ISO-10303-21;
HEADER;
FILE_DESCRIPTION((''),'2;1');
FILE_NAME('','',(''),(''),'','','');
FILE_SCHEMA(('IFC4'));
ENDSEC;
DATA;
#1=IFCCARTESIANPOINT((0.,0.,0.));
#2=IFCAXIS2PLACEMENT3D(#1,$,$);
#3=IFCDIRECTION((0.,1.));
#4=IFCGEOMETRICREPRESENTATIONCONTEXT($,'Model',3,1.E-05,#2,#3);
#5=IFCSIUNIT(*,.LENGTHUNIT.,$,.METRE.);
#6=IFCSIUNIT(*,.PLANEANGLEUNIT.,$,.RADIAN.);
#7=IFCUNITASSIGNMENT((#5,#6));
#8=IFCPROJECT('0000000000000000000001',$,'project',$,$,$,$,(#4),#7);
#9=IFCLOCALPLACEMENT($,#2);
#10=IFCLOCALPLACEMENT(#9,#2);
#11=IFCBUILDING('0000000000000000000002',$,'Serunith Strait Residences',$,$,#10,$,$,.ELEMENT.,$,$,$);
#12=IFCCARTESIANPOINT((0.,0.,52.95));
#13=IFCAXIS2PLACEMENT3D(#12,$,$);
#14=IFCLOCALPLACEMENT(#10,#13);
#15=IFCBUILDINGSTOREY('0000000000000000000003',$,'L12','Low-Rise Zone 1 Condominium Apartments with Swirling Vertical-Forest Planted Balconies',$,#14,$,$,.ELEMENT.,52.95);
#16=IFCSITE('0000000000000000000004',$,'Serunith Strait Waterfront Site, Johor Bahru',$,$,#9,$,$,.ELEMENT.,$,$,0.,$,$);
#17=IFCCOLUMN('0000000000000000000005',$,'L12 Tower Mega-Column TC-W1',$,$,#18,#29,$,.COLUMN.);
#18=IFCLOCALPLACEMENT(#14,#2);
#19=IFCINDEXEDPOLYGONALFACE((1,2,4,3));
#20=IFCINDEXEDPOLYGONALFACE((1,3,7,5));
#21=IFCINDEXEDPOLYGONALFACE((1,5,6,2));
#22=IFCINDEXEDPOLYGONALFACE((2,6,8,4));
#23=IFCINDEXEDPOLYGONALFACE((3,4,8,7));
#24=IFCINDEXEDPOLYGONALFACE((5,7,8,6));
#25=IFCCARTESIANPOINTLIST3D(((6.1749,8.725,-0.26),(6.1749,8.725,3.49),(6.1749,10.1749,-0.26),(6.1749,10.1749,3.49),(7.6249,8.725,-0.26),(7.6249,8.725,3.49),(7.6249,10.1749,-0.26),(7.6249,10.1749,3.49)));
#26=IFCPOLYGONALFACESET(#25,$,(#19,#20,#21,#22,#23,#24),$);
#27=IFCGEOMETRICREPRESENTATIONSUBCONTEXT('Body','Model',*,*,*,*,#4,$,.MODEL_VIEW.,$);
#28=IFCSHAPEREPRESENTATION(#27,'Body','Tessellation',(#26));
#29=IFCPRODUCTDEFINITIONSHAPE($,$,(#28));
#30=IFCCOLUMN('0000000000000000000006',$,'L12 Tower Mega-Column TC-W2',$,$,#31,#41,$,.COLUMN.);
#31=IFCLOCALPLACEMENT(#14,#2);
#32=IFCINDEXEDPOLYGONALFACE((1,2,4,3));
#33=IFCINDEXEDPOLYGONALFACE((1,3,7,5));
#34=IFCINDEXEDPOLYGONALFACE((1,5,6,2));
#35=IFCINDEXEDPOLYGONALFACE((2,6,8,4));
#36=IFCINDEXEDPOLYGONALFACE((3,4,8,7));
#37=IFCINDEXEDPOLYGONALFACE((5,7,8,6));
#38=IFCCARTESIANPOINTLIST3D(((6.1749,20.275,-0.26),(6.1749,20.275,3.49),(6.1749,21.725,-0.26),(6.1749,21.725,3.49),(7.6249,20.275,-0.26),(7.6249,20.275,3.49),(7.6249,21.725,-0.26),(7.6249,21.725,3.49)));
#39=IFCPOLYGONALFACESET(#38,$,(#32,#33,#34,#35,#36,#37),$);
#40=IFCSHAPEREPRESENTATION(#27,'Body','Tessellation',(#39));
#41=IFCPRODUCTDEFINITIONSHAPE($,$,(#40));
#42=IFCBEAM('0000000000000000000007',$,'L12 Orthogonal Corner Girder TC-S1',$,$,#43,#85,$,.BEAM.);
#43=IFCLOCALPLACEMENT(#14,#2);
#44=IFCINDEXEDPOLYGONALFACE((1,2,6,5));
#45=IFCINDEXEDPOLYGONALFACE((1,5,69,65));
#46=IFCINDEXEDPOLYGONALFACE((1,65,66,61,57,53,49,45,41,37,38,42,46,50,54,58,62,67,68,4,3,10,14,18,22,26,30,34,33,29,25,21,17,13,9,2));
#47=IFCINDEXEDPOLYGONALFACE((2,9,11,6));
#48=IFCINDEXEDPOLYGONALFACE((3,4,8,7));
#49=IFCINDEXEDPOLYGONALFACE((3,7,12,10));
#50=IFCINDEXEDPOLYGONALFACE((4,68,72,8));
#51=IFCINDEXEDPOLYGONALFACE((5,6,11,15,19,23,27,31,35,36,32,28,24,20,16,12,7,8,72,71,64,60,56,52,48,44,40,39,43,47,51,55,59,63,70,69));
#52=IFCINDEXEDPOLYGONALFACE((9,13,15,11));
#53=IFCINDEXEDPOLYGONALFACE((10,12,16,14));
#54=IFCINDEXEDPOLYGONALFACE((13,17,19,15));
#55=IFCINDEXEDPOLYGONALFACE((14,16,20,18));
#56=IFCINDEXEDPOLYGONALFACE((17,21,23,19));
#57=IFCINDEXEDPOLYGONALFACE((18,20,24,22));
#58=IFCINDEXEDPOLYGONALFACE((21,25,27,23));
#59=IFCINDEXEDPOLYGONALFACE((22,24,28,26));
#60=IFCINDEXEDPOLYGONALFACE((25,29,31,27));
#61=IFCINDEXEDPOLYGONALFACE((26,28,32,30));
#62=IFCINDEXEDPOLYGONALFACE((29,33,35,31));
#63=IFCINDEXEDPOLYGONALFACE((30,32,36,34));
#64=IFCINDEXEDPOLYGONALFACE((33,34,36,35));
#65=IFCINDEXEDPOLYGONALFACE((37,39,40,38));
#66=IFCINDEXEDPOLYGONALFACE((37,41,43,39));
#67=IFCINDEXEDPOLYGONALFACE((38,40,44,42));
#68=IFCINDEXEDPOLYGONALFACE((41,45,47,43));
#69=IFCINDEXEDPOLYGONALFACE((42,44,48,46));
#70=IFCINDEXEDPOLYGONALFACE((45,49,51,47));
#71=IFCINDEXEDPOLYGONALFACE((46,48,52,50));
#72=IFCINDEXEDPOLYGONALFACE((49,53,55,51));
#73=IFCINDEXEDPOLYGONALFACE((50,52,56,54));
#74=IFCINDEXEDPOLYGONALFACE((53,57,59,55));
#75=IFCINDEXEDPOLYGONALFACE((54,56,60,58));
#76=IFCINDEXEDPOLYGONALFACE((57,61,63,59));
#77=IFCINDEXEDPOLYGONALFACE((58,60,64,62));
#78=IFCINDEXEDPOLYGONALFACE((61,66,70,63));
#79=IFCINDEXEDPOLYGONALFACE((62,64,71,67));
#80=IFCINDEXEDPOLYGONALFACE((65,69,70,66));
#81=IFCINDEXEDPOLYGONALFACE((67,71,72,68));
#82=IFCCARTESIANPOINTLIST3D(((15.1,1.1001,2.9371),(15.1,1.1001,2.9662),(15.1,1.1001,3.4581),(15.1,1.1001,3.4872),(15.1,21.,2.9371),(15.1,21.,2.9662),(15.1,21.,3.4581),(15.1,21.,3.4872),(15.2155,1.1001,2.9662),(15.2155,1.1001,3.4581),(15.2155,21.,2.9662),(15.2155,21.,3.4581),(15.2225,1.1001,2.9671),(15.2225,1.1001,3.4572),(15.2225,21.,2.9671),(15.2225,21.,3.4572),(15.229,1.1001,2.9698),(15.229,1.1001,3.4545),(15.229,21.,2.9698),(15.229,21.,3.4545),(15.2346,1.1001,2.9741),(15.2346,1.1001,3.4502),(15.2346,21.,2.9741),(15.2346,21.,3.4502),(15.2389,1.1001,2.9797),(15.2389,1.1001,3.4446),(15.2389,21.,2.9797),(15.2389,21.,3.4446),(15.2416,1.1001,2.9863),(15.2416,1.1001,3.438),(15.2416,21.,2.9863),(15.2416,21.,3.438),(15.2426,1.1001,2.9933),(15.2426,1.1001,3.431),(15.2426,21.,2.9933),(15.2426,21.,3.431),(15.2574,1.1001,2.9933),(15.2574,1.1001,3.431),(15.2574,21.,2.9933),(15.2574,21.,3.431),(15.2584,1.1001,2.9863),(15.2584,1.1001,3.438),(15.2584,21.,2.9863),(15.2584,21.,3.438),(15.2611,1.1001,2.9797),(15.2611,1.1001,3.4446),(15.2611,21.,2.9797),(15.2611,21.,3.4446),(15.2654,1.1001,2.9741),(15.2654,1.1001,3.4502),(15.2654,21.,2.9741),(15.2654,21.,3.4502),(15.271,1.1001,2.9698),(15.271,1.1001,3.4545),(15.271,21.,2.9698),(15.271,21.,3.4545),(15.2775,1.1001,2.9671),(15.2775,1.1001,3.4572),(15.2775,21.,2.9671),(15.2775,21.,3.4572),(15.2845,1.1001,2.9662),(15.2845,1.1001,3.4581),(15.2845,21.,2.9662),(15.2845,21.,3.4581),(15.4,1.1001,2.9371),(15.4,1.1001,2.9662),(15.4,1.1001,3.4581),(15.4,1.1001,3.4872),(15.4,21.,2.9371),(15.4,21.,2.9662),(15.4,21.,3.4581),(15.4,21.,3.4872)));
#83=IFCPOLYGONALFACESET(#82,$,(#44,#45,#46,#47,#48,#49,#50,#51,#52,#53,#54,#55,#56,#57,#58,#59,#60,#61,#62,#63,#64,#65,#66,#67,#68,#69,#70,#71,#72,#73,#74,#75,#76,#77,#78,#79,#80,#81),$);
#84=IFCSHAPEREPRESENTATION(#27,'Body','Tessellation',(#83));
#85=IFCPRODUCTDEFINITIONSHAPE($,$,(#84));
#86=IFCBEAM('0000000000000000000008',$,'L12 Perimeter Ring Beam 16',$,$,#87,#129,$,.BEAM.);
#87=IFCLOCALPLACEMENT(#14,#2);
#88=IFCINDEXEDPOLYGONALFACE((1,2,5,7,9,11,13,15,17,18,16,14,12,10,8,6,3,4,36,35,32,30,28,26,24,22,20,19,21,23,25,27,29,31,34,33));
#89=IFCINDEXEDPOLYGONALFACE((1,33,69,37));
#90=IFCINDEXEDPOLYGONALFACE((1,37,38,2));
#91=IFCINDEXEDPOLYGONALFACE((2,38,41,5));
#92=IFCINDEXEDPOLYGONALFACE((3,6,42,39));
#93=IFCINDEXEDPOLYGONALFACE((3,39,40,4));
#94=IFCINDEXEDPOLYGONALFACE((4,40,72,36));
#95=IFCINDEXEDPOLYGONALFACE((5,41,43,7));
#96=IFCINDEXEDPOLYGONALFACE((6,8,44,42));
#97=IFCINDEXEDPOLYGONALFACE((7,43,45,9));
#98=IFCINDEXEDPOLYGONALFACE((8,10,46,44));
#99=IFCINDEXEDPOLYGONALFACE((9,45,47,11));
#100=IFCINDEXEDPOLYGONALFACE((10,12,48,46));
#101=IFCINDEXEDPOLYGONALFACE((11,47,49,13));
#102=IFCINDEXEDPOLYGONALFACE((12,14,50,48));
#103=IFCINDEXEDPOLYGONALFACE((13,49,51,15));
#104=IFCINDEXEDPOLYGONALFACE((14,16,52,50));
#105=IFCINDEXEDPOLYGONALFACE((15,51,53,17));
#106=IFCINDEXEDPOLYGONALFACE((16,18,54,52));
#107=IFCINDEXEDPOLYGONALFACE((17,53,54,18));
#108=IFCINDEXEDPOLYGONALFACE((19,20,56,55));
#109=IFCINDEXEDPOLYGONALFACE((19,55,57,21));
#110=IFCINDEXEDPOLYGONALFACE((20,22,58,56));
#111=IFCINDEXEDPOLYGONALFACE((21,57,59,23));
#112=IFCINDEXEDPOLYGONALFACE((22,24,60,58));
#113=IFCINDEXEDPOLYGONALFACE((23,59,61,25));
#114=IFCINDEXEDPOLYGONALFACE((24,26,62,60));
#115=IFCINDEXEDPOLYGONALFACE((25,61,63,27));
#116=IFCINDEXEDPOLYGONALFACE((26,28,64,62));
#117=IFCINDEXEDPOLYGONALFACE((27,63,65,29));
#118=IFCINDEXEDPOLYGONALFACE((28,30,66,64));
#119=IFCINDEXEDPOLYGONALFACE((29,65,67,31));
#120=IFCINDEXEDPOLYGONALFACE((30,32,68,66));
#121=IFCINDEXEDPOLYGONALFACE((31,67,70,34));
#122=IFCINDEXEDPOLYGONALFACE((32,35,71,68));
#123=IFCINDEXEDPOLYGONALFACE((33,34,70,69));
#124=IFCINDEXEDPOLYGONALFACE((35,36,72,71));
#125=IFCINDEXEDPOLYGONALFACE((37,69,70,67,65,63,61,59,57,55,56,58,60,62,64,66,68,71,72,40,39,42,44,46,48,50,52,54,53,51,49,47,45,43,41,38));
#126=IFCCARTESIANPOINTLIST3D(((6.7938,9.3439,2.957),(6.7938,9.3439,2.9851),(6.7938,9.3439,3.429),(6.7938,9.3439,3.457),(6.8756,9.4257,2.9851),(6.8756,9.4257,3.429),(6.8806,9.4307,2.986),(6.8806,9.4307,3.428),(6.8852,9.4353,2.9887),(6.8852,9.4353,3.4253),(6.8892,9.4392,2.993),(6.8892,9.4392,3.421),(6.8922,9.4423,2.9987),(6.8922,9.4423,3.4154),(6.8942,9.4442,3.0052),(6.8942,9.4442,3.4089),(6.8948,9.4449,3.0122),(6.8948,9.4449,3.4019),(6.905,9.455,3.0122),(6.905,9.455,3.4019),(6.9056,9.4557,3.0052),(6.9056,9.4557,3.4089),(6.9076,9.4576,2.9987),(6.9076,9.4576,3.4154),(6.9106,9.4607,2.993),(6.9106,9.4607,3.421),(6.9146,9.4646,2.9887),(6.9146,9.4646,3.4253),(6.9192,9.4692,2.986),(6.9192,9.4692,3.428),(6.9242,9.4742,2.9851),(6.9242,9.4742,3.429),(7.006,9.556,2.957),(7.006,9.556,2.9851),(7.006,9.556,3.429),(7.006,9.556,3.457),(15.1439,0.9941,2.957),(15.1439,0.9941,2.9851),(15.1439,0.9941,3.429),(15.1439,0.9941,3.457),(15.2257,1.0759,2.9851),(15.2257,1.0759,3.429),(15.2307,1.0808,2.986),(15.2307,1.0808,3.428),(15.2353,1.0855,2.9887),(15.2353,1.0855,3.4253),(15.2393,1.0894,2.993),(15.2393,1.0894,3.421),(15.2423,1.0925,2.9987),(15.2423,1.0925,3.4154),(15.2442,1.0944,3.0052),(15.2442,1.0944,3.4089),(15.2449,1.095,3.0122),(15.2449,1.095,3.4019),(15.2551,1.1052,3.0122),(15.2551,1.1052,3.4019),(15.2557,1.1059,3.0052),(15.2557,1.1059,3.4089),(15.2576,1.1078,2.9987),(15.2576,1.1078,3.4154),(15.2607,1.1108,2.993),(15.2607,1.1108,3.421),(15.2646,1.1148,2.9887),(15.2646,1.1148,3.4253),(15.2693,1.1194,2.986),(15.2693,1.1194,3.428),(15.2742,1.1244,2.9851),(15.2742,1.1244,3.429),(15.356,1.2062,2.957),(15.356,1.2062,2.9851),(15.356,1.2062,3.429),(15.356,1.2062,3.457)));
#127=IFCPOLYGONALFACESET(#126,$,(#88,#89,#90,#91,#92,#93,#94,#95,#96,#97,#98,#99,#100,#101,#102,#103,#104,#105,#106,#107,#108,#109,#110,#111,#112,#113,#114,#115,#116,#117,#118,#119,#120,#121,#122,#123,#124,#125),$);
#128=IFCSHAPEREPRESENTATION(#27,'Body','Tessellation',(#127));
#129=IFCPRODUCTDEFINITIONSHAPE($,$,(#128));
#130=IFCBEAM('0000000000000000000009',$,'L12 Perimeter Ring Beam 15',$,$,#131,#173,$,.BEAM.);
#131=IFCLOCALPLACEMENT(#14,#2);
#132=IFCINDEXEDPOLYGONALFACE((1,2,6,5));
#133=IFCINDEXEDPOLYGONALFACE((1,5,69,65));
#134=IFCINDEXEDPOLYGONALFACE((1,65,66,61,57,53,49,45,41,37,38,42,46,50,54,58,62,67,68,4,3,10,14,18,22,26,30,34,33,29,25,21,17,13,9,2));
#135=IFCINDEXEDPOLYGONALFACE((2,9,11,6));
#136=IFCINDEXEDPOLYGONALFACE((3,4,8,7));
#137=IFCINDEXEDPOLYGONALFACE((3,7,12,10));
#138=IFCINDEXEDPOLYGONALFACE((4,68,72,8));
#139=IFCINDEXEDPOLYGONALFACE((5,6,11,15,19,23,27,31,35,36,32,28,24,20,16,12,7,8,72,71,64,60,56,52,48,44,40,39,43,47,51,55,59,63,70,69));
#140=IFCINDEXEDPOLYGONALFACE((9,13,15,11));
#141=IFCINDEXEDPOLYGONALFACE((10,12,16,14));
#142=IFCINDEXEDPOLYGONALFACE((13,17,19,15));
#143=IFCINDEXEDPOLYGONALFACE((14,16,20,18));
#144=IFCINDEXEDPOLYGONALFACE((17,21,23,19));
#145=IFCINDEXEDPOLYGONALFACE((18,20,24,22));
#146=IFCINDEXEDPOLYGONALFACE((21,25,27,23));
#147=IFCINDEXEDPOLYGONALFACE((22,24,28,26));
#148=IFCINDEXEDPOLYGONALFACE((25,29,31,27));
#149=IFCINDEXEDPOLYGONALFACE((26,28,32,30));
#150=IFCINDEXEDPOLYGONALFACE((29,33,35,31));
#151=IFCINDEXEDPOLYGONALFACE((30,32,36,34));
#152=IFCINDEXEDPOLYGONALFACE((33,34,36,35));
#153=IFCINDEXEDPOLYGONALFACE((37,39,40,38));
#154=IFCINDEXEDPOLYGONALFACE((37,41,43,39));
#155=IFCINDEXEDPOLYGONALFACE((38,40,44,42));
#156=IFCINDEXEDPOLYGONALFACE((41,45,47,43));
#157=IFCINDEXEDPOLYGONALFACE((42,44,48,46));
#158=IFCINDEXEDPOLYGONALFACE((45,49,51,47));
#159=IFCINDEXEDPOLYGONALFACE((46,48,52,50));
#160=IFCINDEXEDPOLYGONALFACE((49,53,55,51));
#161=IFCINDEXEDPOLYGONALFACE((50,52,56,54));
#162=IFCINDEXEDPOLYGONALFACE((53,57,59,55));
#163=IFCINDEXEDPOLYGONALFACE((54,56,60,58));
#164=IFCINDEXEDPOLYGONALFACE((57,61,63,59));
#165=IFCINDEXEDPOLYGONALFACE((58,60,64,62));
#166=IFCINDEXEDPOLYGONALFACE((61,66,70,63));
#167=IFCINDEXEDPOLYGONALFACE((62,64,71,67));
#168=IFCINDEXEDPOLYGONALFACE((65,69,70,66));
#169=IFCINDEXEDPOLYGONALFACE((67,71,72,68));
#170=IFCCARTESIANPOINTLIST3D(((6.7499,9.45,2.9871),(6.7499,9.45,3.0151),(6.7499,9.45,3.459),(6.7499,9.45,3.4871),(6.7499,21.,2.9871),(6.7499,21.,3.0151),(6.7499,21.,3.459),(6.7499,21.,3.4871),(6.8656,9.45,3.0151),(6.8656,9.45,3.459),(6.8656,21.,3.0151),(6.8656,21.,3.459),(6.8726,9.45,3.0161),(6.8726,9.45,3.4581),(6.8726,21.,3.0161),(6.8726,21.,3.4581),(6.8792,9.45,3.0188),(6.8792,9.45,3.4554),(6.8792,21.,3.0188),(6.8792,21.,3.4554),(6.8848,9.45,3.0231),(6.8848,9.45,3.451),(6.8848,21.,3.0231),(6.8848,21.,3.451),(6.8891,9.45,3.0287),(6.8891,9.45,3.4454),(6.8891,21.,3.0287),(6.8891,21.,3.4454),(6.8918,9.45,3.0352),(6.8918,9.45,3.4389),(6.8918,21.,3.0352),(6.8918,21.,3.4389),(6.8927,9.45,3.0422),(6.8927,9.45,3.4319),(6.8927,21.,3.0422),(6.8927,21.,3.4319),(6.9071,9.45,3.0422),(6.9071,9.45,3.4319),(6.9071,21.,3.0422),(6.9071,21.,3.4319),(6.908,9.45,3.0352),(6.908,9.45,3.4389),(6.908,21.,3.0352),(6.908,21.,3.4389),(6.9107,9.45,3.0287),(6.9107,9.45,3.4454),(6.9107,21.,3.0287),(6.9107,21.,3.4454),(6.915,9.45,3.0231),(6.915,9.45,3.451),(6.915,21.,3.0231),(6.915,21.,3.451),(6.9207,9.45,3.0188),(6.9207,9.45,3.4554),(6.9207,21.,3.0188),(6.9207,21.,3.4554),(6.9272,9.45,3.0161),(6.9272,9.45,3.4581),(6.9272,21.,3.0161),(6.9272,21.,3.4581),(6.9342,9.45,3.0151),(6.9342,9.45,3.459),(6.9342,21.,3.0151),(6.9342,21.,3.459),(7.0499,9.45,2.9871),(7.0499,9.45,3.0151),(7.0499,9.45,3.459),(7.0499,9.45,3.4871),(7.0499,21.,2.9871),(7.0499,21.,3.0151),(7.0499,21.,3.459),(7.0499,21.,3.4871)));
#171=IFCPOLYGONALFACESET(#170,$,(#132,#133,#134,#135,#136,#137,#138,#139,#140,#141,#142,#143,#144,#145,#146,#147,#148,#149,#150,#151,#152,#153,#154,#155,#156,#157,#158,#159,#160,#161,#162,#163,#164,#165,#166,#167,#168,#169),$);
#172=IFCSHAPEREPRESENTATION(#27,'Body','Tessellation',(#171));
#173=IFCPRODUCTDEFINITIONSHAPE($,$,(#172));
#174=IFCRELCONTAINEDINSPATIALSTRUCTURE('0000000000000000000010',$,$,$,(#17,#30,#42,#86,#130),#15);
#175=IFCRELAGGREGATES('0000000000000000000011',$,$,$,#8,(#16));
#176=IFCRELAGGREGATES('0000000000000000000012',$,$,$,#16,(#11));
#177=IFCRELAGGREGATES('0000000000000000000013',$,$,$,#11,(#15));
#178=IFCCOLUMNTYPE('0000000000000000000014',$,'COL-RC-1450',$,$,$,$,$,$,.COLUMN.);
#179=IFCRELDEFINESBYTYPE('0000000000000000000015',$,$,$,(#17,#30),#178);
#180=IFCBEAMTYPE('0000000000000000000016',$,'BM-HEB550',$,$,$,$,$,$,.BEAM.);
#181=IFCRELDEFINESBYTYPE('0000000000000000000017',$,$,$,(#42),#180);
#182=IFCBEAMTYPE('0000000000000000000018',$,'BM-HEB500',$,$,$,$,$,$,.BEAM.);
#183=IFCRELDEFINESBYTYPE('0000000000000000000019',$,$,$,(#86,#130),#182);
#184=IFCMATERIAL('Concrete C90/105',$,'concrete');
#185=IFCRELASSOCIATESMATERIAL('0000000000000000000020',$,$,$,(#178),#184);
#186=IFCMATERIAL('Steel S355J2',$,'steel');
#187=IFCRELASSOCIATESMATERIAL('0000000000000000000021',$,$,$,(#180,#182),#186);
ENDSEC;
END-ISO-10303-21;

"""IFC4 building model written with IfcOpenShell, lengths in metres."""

from ifc_helpers import new_model, si_unit, direction, frame, origin, origin_2d, place, context, subcontext, project, spatial, rectangle, i_section, extrude, source, transform, mapped, material, material_profile, profile_set, type_object, element, save


model = new_model("IFC4")

# Units and contexts
model_context = context("Model", 3, precision=1e-05, world=origin(), true_north=direction((0.0, 1.0)))
body_context = subcontext(model_context, "Body", "Model", "MODEL_VIEW")
ifc_project = project(units=[si_unit("LENGTHUNIT", "METRE"), si_unit("PLANEANGLEUNIT", "RADIAN")], contexts=[model_context])

# Site, building, storey
site_placement = place(None, origin())
site = spatial("IfcSite", under=ifc_project, at=site_placement, Name="Serunith Strait Waterfront Site, Johor Bahru", CompositionType="ELEMENT", RefElevation=0.0)
building_placement = place(site_placement, origin())
building = spatial("IfcBuilding", under=site, at=building_placement, Name="Serunith Strait Residences", CompositionType="ELEMENT")
storey_placement = place(building_placement, frame((0.0, 0.0, 52.95)))
storey = spatial("IfcBuildingStorey", under=building, at=storey_placement, Name="L12", Description="Low-Rise Zone 1 Condominium Apartments with Swirling Vertical-Forest Planted Balconies", CompositionType="ELEMENT", Elevation=52.95)

# Columns
ifc_material_1 = material(Name="Concrete C90/105", Category="concrete")
ifc_material_profile_1 = material_profile(ifc_material_1, rectangle(XDim=1.45, YDim=1.45, at=origin_2d()), Name="RC 1450x1450")
ifc_profile_set_1 = profile_set([ifc_material_profile_1], Name="Concrete C90/105")
column_type = type_object("IfcColumnType", Name="COL-RC-1450", PredefinedType="COLUMN", material=ifc_profile_set_1)
shared_shape_1 = source(origin(), body_context, "Body", "SweptSolid", [
    extrude(rectangle(XDim=1.45, YDim=1.45, at=origin_2d()), origin(), (0.0, 0.0, 1.0), 3.75),
])
for number, where, z_axis, x_axis, name in (
    (1, (6.8999, 9.45, -0.26), (0.0, 0.0, 1.0), (1.0, 0.0, 0.0), "L12 Tower Mega-Column TC-W1"),
    (2, (6.8999, 21.0, -0.26), (0.0, 0.0, 1.0), (1.0, 0.0, 0.0), "L12 Tower Mega-Column TC-W2"),
):
    element("IfcColumn", number, at=place(storey_placement, frame(where, z_axis=z_axis, x_axis=x_axis)), inside=storey, type_object=column_type, Name=name, PredefinedType="COLUMN", context=body_context, shape_type="MappedRepresentation", body=[
        mapped(shared_shape_1, transform((0.0, 0.0, 0.0), scale=1.0)),
    ])

# Beams
ifc_material_2 = material(Name="Steel S355J2", Category="steel")
ifc_material_profile_2 = material_profile(ifc_material_2, i_section(OverallWidth=0.3, OverallDepth=0.55, WebThickness=0.0149, FlangeThickness=0.0291, FilletRadius=0.0271, at=origin_2d()), Name="HEB 550")
ifc_profile_set_2 = profile_set([ifc_material_profile_2], Name="Steel S355J2")
beam_type_1 = type_object("IfcBeamType", Name="BM-HEB550", PredefinedType="BEAM", material=ifc_profile_set_2)
shared_shape_2 = source(origin(), body_context, "Body", "SweptSolid", [
    extrude(i_section(OverallWidth=0.3, OverallDepth=0.55, WebThickness=0.0149, FlangeThickness=0.0291, FilletRadius=0.0271, at=origin_2d()), origin(), (0.0, 0.0, 1.0), 19.8999),
])
beam_1_placement = place(storey_placement, frame((15.25, 21.0, 3.2122), z_axis=(0.0, -1.0, 0.0), x_axis=(1.0, 0.0, 0.0)))
element("IfcBeam", 3, at=beam_1_placement, inside=storey, type_object=beam_type_1, Name="L12 Orthogonal Corner Girder TC-S1", PredefinedType="BEAM", context=body_context, shape_type="MappedRepresentation", body=[
    mapped(shared_shape_2, transform((0.0, 0.0, 0.0), scale=1.0)),
])
ifc_material_profile_3 = material_profile(ifc_material_2, i_section(OverallWidth=0.3, OverallDepth=0.5, WebThickness=0.0144, FlangeThickness=0.0281, FilletRadius=0.0271, at=origin_2d()), Name="HEB 500")
ifc_profile_set_3 = profile_set([ifc_material_profile_3], Name="Steel S355J2")
beam_type_2 = type_object("IfcBeamType", Name="BM-HEB500", PredefinedType="BEAM", material=ifc_profile_set_3)
shared_shape_3 = source(origin(), body_context, "Body", "SweptSolid", [
    extrude(i_section(OverallWidth=0.3, OverallDepth=0.5, WebThickness=0.0144, FlangeThickness=0.0281, FilletRadius=0.0271, at=origin_2d()), origin(), (0.0, 0.0, 1.0), 11.8086),
])
beam_2_placement = place(storey_placement, frame((6.8999, 9.45, 3.207), z_axis=(0.707117, -0.707096, 0.0), x_axis=(0.707096, 0.707117, 0.0)))
element("IfcBeam", 4, at=beam_2_placement, inside=storey, type_object=beam_type_2, Name="L12 Perimeter Ring Beam 16", PredefinedType="BEAM", context=body_context, shape_type="MappedRepresentation", body=[
    mapped(shared_shape_3, transform((0.0, 0.0, 0.0), scale=1.0)),
])
shared_shape_4 = source(origin(), body_context, "Body", "SweptSolid", [
    extrude(i_section(OverallWidth=0.3, OverallDepth=0.5, WebThickness=0.0144, FlangeThickness=0.0281, FilletRadius=0.0271, at=origin_2d()), origin(), (0.0, 0.0, 1.0), 11.55),
])
beam_3_placement = place(storey_placement, frame((6.8999, 21.0, 3.2371), z_axis=(0.0, -1.0, 0.0), x_axis=(1.0, 0.0, 0.0)))
element("IfcBeam", 5, at=beam_3_placement, inside=storey, type_object=beam_type_2, Name="L12 Perimeter Ring Beam 15", PredefinedType="BEAM", context=body_context, shape_type="MappedRepresentation", body=[
    mapped(shared_shape_4, transform((0.0, 0.0, 0.0), scale=1.0)),
])

save(model, "model.ifc")
